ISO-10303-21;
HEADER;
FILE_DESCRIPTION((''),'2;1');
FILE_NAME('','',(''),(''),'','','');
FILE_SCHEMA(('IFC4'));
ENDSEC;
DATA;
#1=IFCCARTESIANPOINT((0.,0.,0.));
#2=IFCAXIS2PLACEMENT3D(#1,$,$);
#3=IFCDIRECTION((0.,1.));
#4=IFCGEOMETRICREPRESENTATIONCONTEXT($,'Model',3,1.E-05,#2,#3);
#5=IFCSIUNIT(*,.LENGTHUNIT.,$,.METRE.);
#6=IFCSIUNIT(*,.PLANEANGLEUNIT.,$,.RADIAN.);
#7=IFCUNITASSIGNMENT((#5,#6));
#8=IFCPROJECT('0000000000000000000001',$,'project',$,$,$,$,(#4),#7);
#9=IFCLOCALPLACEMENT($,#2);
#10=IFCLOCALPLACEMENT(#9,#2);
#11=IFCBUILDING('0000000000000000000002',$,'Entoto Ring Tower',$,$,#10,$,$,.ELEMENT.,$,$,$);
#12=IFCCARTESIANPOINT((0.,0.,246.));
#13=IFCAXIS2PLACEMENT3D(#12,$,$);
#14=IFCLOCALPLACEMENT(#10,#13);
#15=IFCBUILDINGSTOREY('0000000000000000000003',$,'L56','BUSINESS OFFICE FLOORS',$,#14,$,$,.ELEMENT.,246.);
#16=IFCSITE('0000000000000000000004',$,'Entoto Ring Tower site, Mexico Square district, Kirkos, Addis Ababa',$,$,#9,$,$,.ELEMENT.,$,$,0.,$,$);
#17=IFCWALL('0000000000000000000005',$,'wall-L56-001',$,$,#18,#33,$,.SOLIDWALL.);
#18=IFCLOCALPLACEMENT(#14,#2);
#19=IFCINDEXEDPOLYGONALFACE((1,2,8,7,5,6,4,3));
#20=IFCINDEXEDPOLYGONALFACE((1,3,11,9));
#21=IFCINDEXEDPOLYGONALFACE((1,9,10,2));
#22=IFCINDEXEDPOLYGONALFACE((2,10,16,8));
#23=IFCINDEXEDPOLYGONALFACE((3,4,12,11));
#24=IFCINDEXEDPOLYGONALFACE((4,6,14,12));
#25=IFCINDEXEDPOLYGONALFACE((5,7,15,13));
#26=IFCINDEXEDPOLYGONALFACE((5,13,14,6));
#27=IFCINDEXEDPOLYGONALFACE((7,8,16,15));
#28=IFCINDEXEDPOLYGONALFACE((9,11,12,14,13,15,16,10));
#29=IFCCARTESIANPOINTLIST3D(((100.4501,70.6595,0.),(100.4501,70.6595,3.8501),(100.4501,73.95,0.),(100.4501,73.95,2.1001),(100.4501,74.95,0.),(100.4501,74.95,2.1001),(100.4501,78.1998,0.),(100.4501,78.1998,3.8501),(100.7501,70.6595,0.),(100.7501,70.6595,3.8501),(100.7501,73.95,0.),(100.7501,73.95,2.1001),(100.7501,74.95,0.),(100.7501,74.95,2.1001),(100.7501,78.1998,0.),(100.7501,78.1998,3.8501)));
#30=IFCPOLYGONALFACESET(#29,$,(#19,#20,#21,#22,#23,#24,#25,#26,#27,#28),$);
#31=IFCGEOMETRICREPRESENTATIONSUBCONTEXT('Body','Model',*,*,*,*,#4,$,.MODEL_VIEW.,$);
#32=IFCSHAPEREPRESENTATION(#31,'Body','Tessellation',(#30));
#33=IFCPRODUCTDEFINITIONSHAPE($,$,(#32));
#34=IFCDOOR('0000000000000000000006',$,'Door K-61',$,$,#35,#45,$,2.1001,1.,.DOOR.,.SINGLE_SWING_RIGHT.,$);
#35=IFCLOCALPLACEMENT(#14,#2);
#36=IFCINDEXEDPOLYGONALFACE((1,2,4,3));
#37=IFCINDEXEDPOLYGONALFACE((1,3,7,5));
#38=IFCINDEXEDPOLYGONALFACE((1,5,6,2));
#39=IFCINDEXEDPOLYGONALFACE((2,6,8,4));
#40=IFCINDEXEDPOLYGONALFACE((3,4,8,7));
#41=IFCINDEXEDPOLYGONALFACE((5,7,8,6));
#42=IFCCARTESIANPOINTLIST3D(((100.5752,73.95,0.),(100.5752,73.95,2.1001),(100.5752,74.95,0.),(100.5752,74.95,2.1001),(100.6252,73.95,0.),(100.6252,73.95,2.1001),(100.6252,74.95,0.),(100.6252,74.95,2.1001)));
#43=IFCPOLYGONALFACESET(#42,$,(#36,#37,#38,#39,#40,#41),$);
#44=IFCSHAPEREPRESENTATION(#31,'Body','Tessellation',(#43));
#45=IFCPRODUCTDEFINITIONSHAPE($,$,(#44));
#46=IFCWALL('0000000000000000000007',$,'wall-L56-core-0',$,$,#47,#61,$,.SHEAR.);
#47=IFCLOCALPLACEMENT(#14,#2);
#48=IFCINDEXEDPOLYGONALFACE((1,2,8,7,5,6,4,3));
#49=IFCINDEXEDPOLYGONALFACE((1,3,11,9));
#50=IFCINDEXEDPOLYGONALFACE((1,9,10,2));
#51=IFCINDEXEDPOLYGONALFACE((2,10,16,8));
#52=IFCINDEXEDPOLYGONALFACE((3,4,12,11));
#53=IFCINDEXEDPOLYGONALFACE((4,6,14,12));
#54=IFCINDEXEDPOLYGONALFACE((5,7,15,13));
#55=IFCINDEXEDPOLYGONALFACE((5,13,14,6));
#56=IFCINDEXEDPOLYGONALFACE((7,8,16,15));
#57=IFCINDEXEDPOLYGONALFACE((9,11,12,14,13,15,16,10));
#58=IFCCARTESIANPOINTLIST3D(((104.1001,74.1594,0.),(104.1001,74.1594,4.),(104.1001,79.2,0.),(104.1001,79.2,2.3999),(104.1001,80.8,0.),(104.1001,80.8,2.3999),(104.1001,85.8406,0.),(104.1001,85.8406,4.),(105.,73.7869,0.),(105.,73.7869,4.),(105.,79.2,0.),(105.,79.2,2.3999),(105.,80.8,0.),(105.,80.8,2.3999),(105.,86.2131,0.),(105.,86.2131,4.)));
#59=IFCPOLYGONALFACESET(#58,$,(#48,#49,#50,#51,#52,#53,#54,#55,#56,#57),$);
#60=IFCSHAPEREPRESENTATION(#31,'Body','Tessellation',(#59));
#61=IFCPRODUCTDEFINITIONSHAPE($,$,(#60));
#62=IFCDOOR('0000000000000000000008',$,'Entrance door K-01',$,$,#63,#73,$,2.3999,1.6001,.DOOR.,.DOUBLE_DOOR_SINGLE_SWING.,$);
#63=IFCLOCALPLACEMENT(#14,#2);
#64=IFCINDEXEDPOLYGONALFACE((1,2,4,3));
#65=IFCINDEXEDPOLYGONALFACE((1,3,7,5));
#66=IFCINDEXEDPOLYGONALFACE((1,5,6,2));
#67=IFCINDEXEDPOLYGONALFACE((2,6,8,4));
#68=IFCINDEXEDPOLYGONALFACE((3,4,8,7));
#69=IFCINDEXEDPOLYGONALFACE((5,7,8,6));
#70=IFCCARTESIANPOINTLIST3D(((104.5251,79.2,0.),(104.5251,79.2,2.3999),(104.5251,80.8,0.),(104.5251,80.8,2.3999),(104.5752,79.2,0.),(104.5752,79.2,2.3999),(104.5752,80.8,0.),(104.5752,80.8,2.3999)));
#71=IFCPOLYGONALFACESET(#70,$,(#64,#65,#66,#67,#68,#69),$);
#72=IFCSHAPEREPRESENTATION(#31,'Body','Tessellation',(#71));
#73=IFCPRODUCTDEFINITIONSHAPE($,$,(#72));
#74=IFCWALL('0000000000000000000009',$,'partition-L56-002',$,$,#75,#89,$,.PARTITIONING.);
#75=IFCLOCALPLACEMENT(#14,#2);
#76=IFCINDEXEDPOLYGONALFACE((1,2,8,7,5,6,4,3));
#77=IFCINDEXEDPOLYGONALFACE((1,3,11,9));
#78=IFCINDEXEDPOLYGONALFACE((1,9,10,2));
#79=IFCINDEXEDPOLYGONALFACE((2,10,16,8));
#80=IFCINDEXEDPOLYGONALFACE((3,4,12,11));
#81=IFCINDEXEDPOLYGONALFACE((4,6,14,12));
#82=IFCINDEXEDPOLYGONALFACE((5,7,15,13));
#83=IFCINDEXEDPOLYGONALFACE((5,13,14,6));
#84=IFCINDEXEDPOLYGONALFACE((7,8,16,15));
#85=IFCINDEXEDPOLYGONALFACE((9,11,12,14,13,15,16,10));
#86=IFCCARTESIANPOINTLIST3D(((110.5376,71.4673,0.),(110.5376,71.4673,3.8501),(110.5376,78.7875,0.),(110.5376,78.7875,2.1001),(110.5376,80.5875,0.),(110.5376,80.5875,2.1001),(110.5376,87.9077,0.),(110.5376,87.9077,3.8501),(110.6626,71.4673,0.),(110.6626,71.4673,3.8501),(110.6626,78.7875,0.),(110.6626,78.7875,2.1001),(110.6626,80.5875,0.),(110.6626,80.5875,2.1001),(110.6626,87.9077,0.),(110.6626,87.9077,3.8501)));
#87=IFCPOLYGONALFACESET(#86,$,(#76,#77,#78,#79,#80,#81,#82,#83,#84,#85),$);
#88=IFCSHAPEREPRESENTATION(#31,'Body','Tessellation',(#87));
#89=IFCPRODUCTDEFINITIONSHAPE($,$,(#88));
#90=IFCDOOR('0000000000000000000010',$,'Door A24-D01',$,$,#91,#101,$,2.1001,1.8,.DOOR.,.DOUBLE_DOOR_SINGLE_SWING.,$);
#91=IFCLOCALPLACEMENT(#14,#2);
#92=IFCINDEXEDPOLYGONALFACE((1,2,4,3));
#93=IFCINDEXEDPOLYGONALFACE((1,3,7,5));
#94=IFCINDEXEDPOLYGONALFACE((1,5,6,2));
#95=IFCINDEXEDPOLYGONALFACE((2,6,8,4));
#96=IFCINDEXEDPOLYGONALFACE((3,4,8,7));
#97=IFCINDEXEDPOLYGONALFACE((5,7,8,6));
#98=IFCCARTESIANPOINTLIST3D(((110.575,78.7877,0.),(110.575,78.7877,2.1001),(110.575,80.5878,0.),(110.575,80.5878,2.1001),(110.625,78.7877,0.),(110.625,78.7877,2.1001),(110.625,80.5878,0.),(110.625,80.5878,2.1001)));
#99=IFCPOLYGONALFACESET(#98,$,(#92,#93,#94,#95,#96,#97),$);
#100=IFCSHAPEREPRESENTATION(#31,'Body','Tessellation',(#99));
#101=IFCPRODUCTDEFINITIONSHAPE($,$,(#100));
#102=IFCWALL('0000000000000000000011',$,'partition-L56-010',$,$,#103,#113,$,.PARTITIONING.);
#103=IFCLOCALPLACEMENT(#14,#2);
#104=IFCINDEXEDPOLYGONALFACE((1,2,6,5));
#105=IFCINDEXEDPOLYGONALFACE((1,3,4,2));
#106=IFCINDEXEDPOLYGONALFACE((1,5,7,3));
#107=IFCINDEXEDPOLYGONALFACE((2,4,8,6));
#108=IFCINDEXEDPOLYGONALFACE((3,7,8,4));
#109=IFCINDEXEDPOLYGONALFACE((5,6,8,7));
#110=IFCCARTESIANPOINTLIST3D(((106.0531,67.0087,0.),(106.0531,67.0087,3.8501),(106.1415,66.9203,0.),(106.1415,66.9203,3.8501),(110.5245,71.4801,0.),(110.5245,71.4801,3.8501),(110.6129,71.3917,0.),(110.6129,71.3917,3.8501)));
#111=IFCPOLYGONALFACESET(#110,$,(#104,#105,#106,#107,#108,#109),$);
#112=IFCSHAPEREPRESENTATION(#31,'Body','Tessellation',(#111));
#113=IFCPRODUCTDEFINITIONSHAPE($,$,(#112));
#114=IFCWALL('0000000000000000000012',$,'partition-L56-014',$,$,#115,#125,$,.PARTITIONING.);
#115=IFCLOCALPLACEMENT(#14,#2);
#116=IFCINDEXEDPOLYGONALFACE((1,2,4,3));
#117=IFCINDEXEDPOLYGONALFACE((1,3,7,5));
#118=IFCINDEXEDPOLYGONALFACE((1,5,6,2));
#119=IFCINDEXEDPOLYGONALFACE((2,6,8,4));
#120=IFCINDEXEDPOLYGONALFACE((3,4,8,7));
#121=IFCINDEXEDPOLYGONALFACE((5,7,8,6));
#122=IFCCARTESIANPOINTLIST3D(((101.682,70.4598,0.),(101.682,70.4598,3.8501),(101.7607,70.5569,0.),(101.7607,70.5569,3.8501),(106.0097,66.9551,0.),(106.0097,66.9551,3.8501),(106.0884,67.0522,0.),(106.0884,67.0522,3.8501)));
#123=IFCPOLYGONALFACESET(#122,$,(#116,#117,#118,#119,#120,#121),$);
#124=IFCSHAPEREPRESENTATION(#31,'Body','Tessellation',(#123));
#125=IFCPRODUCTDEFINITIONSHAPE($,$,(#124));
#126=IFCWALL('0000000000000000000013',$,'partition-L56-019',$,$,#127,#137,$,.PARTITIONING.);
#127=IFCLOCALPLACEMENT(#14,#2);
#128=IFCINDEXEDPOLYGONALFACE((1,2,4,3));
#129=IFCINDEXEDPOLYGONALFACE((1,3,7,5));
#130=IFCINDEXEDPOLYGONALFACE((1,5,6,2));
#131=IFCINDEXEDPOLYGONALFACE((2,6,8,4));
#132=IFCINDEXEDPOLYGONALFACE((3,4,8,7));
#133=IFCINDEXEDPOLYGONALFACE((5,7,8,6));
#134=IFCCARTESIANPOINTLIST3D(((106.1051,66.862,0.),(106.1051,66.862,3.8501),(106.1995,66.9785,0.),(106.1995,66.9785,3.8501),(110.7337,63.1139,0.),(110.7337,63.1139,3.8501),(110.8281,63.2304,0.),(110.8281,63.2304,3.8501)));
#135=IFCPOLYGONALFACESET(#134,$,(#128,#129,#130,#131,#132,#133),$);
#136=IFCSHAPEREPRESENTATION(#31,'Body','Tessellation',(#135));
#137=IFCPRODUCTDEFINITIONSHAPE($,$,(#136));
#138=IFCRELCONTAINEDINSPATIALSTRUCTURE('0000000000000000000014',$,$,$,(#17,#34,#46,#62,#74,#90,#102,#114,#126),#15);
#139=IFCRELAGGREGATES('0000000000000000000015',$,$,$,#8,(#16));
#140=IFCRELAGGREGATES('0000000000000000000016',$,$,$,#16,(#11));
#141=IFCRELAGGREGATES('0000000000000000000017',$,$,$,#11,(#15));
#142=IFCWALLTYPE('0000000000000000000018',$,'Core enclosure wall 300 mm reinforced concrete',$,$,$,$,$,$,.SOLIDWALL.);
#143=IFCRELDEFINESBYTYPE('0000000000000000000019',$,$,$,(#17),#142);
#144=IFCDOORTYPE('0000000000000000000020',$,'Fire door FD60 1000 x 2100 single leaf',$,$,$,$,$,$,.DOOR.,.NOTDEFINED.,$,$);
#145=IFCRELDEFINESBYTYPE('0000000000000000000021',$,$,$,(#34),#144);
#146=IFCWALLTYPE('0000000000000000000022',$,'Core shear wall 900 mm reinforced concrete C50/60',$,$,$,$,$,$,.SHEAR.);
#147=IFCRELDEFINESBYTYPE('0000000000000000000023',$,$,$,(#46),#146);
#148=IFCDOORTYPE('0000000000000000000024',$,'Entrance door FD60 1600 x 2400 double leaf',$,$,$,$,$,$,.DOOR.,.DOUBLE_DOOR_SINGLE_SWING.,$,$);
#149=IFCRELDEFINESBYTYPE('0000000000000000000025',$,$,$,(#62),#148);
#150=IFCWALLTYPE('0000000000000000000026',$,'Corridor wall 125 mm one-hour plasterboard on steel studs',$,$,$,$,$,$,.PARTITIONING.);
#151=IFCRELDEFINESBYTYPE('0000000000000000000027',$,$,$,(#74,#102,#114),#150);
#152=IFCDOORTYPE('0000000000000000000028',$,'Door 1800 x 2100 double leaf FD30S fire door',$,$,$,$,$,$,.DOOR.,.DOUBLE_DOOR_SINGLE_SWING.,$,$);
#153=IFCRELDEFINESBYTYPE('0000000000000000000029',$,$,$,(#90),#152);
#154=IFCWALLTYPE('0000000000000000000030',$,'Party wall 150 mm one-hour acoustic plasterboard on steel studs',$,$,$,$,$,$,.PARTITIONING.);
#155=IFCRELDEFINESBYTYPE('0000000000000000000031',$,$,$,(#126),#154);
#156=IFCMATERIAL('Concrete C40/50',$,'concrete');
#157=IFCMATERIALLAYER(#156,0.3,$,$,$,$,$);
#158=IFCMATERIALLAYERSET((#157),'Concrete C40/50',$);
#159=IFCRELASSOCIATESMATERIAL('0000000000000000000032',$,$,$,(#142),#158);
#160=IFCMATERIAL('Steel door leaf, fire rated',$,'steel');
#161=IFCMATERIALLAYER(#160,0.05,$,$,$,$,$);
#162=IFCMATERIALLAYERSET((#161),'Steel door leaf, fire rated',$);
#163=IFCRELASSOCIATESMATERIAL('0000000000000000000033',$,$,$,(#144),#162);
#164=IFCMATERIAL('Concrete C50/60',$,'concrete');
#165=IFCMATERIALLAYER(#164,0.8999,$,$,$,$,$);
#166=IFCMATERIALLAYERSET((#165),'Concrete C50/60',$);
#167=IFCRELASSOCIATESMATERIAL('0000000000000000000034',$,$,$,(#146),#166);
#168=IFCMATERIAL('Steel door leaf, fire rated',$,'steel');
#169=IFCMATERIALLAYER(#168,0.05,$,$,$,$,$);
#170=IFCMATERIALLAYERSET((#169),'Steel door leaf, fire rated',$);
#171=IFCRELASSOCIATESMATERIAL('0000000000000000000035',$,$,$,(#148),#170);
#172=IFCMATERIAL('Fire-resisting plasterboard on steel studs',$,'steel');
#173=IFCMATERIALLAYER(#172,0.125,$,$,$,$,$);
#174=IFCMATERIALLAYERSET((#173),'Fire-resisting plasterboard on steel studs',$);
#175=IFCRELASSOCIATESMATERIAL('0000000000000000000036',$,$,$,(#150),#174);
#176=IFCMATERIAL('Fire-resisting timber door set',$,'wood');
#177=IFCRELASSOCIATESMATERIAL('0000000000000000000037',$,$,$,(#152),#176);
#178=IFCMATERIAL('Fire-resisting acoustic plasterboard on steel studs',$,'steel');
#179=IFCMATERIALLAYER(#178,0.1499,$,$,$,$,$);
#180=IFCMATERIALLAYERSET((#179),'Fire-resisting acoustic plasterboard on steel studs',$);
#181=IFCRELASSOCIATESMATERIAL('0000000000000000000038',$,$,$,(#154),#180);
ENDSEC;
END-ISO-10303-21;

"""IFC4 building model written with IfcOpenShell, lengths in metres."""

from ifc_helpers import new_model, si_unit, direction, frame, frame_2d, origin, place, context, subcontext, project, spatial, polyline, rectangle, outline, extrude, material, layer, layer_set, type_object, element, fill, save


model = new_model("IFC4")

# Units and contexts
model_context = context("Model", 3, precision=1e-05, world=origin(), true_north=direction((0.0, 1.0)))
body_context = subcontext(model_context, "Body", "Model", "MODEL_VIEW")
ifc_project = project(units=[si_unit("LENGTHUNIT", "METRE"), si_unit("PLANEANGLEUNIT", "RADIAN")], contexts=[model_context])

# Site, building, storey
site_placement = place(None, origin())
site = spatial("IfcSite", under=ifc_project, at=site_placement, Name="Entoto Ring Tower site, Mexico Square district, Kirkos, Addis Ababa", CompositionType="ELEMENT", RefElevation=0.0)
building_placement = place(site_placement, origin())
building = spatial("IfcBuilding", under=site, at=building_placement, Name="Entoto Ring Tower", CompositionType="ELEMENT")
storey_placement = place(building_placement, frame((0.0, 0.0, 246.0)))
storey = spatial("IfcBuildingStorey", under=building, at=storey_placement, Name="L56", Description="BUSINESS OFFICE FLOORS", CompositionType="ELEMENT", Elevation=246.0)

# Walls, openings, doors
ifc_material_1 = material(Name="Concrete C40/50", Category="concrete")
ifc_layer_1 = layer(ifc_material_1, 0.3)
ifc_layer_set_1 = layer_set([ifc_layer_1], Name="Concrete C40/50")
wall_type_1 = type_object("IfcWallType", Name="Core enclosure wall 300 mm reinforced concrete", PredefinedType="SOLIDWALL", material=ifc_layer_set_1)
wall_1_placement = place(storey_placement, frame((100.6001, 70.6597, 0.0), z_axis=(0.0, 0.0, 1.0), x_axis=(0.0, 1.0, 0.0)))
wall_1 = element("IfcWall", 1, at=wall_1_placement, inside=storey, type_object=wall_type_1, Name="wall-L56-001", PredefinedType="SOLIDWALL", context=body_context, shape_type="SweptSolid", body=[
    extrude(rectangle(XDim=7.5403, YDim=0.3, at=frame_2d((3.77, 0.0))), origin(), (0.0, 0.0, 1.0), 3.8501),
])
opening_1_placement = place(wall_1_placement, frame((3.2903, 0.0, 0.0)))
opening_1 = element("IfcOpeningElement", 2, at=opening_1_placement, cuts=wall_1, PredefinedType="OPENING", context=body_context, shape_type="SweptSolid", body=[
    extrude(rectangle(XDim=1.0, YDim=2.1001, at=frame_2d((0.5, 1.05))), frame((0.0, 0.1602, 0.0), z_axis=(0.0, -1.0, 0.0), x_axis=(1.0, 0.0, 0.0)), (0.0, 0.0, 1.0), 0.3201),
])
ifc_material_2 = material(Name="Steel door leaf, fire rated", Category="steel")
ifc_layer_2 = layer(ifc_material_2, 0.05)
ifc_layer_set_2 = layer_set([ifc_layer_2], Name="Steel door leaf, fire rated")
door_type_1 = type_object("IfcDoorType", Name="Fire door FD60 1000 x 2100 single leaf", OperationType="NOTDEFINED", PredefinedType="DOOR", material=ifc_layer_set_2)
door_1_placement = place(opening_1_placement, origin())
door_1 = element("IfcDoor", 3, at=door_1_placement, inside=storey, type_object=door_type_1, Name="Door K-61", OperationType="SINGLE_SWING_RIGHT", OverallHeight=2.1001, OverallWidth=1.0, PredefinedType="DOOR", context=body_context, shape_type="SweptSolid", body=[
    extrude(rectangle(XDim=1.0, YDim=2.1001, at=frame_2d((0.5, 1.05))), frame((0.0, 0.0249, 0.0), z_axis=(0.0, -1.0, 0.0), x_axis=(1.0, 0.0, 0.0)), (0.0, 0.0, 1.0), 0.05),
])
fill(opening_1, door_1)
ifc_material_3 = material(Name="Concrete C50/60", Category="concrete")
ifc_layer_3 = layer(ifc_material_3, 0.8999)
ifc_layer_set_3 = layer_set([ifc_layer_3], Name="Concrete C50/60")
wall_type_2 = type_object("IfcWallType", Name="Core shear wall 900 mm reinforced concrete C50/60", PredefinedType="SHEAR", material=ifc_layer_set_3)
wall_2_placement = place(storey_placement, frame((104.55, 73.9731, 0.0), z_axis=(0.0, 0.0, 1.0), x_axis=(0.0, 1.0, 0.0)))
wall_2 = element("IfcWall", 4, at=wall_2_placement, inside=storey, type_object=wall_type_2, Name="wall-L56-core-0", PredefinedType="SHEAR", context=body_context, shape_type="SweptSolid", body=[
    extrude(outline(polyline([(-0.1863, -0.45), (12.24, -0.45), (11.8674, 0.45), (0.1863, 0.45), (-0.1863, -0.45)])), origin(), (0.0, 0.0, 1.0), 4.0),
])
opening_2_placement = place(wall_2_placement, frame((5.2268, 0.0, 0.0)))
opening_2 = element("IfcOpeningElement", 5, at=opening_2_placement, cuts=wall_2, PredefinedType="OPENING", context=body_context, shape_type="SweptSolid", body=[
    extrude(rectangle(XDim=1.6001, YDim=2.3999, at=frame_2d((0.8, 1.2))), frame((0.0, 0.46, 0.0), z_axis=(0.0, -1.0, 0.0), x_axis=(1.0, 0.0, 0.0)), (0.0, 0.0, 1.0), 0.9199),
])
ifc_material_4 = material(Name="Steel door leaf, fire rated", Category="steel")
ifc_layer_4 = layer(ifc_material_4, 0.05)
ifc_layer_set_4 = layer_set([ifc_layer_4], Name="Steel door leaf, fire rated")
door_type_2 = type_object("IfcDoorType", Name="Entrance door FD60 1600 x 2400 double leaf", OperationType="DOUBLE_DOOR_SINGLE_SWING", PredefinedType="DOOR", material=ifc_layer_set_4)
door_2_placement = place(opening_2_placement, origin())
door_2 = element("IfcDoor", 6, at=door_2_placement, inside=storey, type_object=door_type_2, Name="Entrance door K-01", OperationType="DOUBLE_DOOR_SINGLE_SWING", OverallHeight=2.3999, OverallWidth=1.6001, PredefinedType="DOOR", context=body_context, shape_type="SweptSolid", body=[
    extrude(rectangle(XDim=1.6001, YDim=2.3999, at=frame_2d((0.8, 1.2))), frame((0.0, 0.0249, 0.0), z_axis=(0.0, -1.0, 0.0), x_axis=(1.0, 0.0, 0.0)), (0.0, 0.0, 1.0), 0.05),
])
fill(opening_2, door_2)
ifc_material_5 = material(Name="Fire-resisting plasterboard on steel studs", Category="steel")
ifc_layer_5 = layer(ifc_material_5, 0.125)
ifc_layer_set_5 = layer_set([ifc_layer_5], Name="Fire-resisting plasterboard on steel studs")
wall_type_3 = type_object("IfcWallType", Name="Corridor wall 125 mm one-hour plasterboard on steel studs", PredefinedType="PARTITIONING", material=ifc_layer_set_5)
wall_3_placement = place(storey_placement, frame((110.6001, 71.4673, 0.0), z_axis=(0.0, 0.0, 1.0), x_axis=(0.0, 1.0, 0.0)))
wall_3 = element("IfcWall", 7, at=wall_3_placement, inside=storey, type_object=wall_type_3, Name="partition-L56-002", PredefinedType="PARTITIONING", context=body_context, shape_type="SweptSolid", body=[
    extrude(rectangle(XDim=16.4404, YDim=0.125, at=frame_2d((8.2202, 0.0))), origin(), (0.0, 0.0, 1.0), 3.8501),
])
opening_3_placement = place(wall_3_placement, frame((7.3203, 0.0, 0.0)))
opening_3 = element("IfcOpeningElement", 8, at=opening_3_placement, cuts=wall_3, PredefinedType="OPENING", context=body_context, shape_type="SweptSolid", body=[
    extrude(rectangle(XDim=1.8, YDim=2.1001, at=frame_2d((0.8999, 1.05))), frame((0.0, 0.0725, 0.0), z_axis=(0.0, -1.0, 0.0), x_axis=(1.0, 0.0, 0.0)), (0.0, 0.0, 1.0), 0.145),
])
ifc_material_6 = material(Name="Fire-resisting timber door set", Category="wood")
door_type_3 = type_object("IfcDoorType", Name="Door 1800 x 2100 double leaf FD30S fire door", OperationType="DOUBLE_DOOR_SINGLE_SWING", PredefinedType="DOOR", material=ifc_material_6)
door_3_placement = place(opening_3_placement, frame((1.8, 0.0, 0.0), z_axis=(0.0, 0.0, 1.0), x_axis=(-1.0, 0.0, 0.0)))
door_3 = element("IfcDoor", 9, at=door_3_placement, inside=storey, type_object=door_type_3, Name="Door A24-D01", OperationType="DOUBLE_DOOR_SINGLE_SWING", OverallHeight=2.1001, OverallWidth=1.8, PredefinedType="DOOR", context=body_context, shape_type="SweptSolid", body=[
    extrude(rectangle(XDim=1.8, YDim=2.1001, at=frame_2d((0.8999, 1.05))), frame((0.0, 0.0249, 0.0), z_axis=(0.0, -1.0, 0.0), x_axis=(1.0, 0.0, 0.0)), (0.0, 0.0, 1.0), 0.05),
])
fill(opening_3, door_3)

# Walls
wall_4_placement = place(storey_placement, frame((106.0974, 66.9646, 0.0), z_axis=(0.0, 0.0, 1.0), x_axis=(0.707107, 0.707107, 0.0)))
element("IfcWall", 10, at=wall_4_placement, inside=storey, type_object=wall_type_3, Name="partition-L56-010", PredefinedType="PARTITIONING", context=body_context, shape_type="SweptSolid", body=[
    extrude(rectangle(XDim=6.3235, YDim=0.125, at=frame_2d((3.1616, 0.0))), origin(), (0.0, 0.0, 1.0), 3.8501),
])
wall_5_placement = place(storey_placement, frame((106.0491, 67.0037, 0.0), z_axis=(0.0, 0.0, 1.0), x_axis=(-0.777129, 0.629341, 0.0)))
element("IfcWall", 11, at=wall_5_placement, inside=storey, type_object=wall_type_3, Name="partition-L56-014", PredefinedType="PARTITIONING", context=body_context, shape_type="SweptSolid", body=[
    extrude(rectangle(XDim=5.5688, YDim=0.125, at=frame_2d((2.7844, 0.0))), origin(), (0.0, 0.0, 1.0), 3.8501),
])
ifc_material_7 = material(Name="Fire-resisting acoustic plasterboard on steel studs", Category="steel")
ifc_layer_6 = layer(ifc_material_7, 0.1499)
ifc_layer_set_6 = layer_set([ifc_layer_6], Name="Fire-resisting acoustic plasterboard on steel studs")
wall_type_4 = type_object("IfcWallType", Name="Party wall 150 mm one-hour acoustic plasterboard on steel studs", PredefinedType="PARTITIONING", material=ifc_layer_set_6)
wall_6_placement = place(storey_placement, frame((110.781, 63.1721, 0.0), z_axis=(0.0, 0.0, 1.0), x_axis=(-0.77716, 0.629303, 0.0)))
element("IfcWall", 12, at=wall_6_placement, inside=storey, type_object=wall_type_4, Name="partition-L56-019", PredefinedType="PARTITIONING", context=body_context, shape_type="SweptSolid", body=[
    extrude(rectangle(XDim=5.9558, YDim=0.1499, at=frame_2d((2.978, 0.0))), origin(), (0.0, 0.0, 1.0), 3.8501),
])

save(model, "model.ifc")
